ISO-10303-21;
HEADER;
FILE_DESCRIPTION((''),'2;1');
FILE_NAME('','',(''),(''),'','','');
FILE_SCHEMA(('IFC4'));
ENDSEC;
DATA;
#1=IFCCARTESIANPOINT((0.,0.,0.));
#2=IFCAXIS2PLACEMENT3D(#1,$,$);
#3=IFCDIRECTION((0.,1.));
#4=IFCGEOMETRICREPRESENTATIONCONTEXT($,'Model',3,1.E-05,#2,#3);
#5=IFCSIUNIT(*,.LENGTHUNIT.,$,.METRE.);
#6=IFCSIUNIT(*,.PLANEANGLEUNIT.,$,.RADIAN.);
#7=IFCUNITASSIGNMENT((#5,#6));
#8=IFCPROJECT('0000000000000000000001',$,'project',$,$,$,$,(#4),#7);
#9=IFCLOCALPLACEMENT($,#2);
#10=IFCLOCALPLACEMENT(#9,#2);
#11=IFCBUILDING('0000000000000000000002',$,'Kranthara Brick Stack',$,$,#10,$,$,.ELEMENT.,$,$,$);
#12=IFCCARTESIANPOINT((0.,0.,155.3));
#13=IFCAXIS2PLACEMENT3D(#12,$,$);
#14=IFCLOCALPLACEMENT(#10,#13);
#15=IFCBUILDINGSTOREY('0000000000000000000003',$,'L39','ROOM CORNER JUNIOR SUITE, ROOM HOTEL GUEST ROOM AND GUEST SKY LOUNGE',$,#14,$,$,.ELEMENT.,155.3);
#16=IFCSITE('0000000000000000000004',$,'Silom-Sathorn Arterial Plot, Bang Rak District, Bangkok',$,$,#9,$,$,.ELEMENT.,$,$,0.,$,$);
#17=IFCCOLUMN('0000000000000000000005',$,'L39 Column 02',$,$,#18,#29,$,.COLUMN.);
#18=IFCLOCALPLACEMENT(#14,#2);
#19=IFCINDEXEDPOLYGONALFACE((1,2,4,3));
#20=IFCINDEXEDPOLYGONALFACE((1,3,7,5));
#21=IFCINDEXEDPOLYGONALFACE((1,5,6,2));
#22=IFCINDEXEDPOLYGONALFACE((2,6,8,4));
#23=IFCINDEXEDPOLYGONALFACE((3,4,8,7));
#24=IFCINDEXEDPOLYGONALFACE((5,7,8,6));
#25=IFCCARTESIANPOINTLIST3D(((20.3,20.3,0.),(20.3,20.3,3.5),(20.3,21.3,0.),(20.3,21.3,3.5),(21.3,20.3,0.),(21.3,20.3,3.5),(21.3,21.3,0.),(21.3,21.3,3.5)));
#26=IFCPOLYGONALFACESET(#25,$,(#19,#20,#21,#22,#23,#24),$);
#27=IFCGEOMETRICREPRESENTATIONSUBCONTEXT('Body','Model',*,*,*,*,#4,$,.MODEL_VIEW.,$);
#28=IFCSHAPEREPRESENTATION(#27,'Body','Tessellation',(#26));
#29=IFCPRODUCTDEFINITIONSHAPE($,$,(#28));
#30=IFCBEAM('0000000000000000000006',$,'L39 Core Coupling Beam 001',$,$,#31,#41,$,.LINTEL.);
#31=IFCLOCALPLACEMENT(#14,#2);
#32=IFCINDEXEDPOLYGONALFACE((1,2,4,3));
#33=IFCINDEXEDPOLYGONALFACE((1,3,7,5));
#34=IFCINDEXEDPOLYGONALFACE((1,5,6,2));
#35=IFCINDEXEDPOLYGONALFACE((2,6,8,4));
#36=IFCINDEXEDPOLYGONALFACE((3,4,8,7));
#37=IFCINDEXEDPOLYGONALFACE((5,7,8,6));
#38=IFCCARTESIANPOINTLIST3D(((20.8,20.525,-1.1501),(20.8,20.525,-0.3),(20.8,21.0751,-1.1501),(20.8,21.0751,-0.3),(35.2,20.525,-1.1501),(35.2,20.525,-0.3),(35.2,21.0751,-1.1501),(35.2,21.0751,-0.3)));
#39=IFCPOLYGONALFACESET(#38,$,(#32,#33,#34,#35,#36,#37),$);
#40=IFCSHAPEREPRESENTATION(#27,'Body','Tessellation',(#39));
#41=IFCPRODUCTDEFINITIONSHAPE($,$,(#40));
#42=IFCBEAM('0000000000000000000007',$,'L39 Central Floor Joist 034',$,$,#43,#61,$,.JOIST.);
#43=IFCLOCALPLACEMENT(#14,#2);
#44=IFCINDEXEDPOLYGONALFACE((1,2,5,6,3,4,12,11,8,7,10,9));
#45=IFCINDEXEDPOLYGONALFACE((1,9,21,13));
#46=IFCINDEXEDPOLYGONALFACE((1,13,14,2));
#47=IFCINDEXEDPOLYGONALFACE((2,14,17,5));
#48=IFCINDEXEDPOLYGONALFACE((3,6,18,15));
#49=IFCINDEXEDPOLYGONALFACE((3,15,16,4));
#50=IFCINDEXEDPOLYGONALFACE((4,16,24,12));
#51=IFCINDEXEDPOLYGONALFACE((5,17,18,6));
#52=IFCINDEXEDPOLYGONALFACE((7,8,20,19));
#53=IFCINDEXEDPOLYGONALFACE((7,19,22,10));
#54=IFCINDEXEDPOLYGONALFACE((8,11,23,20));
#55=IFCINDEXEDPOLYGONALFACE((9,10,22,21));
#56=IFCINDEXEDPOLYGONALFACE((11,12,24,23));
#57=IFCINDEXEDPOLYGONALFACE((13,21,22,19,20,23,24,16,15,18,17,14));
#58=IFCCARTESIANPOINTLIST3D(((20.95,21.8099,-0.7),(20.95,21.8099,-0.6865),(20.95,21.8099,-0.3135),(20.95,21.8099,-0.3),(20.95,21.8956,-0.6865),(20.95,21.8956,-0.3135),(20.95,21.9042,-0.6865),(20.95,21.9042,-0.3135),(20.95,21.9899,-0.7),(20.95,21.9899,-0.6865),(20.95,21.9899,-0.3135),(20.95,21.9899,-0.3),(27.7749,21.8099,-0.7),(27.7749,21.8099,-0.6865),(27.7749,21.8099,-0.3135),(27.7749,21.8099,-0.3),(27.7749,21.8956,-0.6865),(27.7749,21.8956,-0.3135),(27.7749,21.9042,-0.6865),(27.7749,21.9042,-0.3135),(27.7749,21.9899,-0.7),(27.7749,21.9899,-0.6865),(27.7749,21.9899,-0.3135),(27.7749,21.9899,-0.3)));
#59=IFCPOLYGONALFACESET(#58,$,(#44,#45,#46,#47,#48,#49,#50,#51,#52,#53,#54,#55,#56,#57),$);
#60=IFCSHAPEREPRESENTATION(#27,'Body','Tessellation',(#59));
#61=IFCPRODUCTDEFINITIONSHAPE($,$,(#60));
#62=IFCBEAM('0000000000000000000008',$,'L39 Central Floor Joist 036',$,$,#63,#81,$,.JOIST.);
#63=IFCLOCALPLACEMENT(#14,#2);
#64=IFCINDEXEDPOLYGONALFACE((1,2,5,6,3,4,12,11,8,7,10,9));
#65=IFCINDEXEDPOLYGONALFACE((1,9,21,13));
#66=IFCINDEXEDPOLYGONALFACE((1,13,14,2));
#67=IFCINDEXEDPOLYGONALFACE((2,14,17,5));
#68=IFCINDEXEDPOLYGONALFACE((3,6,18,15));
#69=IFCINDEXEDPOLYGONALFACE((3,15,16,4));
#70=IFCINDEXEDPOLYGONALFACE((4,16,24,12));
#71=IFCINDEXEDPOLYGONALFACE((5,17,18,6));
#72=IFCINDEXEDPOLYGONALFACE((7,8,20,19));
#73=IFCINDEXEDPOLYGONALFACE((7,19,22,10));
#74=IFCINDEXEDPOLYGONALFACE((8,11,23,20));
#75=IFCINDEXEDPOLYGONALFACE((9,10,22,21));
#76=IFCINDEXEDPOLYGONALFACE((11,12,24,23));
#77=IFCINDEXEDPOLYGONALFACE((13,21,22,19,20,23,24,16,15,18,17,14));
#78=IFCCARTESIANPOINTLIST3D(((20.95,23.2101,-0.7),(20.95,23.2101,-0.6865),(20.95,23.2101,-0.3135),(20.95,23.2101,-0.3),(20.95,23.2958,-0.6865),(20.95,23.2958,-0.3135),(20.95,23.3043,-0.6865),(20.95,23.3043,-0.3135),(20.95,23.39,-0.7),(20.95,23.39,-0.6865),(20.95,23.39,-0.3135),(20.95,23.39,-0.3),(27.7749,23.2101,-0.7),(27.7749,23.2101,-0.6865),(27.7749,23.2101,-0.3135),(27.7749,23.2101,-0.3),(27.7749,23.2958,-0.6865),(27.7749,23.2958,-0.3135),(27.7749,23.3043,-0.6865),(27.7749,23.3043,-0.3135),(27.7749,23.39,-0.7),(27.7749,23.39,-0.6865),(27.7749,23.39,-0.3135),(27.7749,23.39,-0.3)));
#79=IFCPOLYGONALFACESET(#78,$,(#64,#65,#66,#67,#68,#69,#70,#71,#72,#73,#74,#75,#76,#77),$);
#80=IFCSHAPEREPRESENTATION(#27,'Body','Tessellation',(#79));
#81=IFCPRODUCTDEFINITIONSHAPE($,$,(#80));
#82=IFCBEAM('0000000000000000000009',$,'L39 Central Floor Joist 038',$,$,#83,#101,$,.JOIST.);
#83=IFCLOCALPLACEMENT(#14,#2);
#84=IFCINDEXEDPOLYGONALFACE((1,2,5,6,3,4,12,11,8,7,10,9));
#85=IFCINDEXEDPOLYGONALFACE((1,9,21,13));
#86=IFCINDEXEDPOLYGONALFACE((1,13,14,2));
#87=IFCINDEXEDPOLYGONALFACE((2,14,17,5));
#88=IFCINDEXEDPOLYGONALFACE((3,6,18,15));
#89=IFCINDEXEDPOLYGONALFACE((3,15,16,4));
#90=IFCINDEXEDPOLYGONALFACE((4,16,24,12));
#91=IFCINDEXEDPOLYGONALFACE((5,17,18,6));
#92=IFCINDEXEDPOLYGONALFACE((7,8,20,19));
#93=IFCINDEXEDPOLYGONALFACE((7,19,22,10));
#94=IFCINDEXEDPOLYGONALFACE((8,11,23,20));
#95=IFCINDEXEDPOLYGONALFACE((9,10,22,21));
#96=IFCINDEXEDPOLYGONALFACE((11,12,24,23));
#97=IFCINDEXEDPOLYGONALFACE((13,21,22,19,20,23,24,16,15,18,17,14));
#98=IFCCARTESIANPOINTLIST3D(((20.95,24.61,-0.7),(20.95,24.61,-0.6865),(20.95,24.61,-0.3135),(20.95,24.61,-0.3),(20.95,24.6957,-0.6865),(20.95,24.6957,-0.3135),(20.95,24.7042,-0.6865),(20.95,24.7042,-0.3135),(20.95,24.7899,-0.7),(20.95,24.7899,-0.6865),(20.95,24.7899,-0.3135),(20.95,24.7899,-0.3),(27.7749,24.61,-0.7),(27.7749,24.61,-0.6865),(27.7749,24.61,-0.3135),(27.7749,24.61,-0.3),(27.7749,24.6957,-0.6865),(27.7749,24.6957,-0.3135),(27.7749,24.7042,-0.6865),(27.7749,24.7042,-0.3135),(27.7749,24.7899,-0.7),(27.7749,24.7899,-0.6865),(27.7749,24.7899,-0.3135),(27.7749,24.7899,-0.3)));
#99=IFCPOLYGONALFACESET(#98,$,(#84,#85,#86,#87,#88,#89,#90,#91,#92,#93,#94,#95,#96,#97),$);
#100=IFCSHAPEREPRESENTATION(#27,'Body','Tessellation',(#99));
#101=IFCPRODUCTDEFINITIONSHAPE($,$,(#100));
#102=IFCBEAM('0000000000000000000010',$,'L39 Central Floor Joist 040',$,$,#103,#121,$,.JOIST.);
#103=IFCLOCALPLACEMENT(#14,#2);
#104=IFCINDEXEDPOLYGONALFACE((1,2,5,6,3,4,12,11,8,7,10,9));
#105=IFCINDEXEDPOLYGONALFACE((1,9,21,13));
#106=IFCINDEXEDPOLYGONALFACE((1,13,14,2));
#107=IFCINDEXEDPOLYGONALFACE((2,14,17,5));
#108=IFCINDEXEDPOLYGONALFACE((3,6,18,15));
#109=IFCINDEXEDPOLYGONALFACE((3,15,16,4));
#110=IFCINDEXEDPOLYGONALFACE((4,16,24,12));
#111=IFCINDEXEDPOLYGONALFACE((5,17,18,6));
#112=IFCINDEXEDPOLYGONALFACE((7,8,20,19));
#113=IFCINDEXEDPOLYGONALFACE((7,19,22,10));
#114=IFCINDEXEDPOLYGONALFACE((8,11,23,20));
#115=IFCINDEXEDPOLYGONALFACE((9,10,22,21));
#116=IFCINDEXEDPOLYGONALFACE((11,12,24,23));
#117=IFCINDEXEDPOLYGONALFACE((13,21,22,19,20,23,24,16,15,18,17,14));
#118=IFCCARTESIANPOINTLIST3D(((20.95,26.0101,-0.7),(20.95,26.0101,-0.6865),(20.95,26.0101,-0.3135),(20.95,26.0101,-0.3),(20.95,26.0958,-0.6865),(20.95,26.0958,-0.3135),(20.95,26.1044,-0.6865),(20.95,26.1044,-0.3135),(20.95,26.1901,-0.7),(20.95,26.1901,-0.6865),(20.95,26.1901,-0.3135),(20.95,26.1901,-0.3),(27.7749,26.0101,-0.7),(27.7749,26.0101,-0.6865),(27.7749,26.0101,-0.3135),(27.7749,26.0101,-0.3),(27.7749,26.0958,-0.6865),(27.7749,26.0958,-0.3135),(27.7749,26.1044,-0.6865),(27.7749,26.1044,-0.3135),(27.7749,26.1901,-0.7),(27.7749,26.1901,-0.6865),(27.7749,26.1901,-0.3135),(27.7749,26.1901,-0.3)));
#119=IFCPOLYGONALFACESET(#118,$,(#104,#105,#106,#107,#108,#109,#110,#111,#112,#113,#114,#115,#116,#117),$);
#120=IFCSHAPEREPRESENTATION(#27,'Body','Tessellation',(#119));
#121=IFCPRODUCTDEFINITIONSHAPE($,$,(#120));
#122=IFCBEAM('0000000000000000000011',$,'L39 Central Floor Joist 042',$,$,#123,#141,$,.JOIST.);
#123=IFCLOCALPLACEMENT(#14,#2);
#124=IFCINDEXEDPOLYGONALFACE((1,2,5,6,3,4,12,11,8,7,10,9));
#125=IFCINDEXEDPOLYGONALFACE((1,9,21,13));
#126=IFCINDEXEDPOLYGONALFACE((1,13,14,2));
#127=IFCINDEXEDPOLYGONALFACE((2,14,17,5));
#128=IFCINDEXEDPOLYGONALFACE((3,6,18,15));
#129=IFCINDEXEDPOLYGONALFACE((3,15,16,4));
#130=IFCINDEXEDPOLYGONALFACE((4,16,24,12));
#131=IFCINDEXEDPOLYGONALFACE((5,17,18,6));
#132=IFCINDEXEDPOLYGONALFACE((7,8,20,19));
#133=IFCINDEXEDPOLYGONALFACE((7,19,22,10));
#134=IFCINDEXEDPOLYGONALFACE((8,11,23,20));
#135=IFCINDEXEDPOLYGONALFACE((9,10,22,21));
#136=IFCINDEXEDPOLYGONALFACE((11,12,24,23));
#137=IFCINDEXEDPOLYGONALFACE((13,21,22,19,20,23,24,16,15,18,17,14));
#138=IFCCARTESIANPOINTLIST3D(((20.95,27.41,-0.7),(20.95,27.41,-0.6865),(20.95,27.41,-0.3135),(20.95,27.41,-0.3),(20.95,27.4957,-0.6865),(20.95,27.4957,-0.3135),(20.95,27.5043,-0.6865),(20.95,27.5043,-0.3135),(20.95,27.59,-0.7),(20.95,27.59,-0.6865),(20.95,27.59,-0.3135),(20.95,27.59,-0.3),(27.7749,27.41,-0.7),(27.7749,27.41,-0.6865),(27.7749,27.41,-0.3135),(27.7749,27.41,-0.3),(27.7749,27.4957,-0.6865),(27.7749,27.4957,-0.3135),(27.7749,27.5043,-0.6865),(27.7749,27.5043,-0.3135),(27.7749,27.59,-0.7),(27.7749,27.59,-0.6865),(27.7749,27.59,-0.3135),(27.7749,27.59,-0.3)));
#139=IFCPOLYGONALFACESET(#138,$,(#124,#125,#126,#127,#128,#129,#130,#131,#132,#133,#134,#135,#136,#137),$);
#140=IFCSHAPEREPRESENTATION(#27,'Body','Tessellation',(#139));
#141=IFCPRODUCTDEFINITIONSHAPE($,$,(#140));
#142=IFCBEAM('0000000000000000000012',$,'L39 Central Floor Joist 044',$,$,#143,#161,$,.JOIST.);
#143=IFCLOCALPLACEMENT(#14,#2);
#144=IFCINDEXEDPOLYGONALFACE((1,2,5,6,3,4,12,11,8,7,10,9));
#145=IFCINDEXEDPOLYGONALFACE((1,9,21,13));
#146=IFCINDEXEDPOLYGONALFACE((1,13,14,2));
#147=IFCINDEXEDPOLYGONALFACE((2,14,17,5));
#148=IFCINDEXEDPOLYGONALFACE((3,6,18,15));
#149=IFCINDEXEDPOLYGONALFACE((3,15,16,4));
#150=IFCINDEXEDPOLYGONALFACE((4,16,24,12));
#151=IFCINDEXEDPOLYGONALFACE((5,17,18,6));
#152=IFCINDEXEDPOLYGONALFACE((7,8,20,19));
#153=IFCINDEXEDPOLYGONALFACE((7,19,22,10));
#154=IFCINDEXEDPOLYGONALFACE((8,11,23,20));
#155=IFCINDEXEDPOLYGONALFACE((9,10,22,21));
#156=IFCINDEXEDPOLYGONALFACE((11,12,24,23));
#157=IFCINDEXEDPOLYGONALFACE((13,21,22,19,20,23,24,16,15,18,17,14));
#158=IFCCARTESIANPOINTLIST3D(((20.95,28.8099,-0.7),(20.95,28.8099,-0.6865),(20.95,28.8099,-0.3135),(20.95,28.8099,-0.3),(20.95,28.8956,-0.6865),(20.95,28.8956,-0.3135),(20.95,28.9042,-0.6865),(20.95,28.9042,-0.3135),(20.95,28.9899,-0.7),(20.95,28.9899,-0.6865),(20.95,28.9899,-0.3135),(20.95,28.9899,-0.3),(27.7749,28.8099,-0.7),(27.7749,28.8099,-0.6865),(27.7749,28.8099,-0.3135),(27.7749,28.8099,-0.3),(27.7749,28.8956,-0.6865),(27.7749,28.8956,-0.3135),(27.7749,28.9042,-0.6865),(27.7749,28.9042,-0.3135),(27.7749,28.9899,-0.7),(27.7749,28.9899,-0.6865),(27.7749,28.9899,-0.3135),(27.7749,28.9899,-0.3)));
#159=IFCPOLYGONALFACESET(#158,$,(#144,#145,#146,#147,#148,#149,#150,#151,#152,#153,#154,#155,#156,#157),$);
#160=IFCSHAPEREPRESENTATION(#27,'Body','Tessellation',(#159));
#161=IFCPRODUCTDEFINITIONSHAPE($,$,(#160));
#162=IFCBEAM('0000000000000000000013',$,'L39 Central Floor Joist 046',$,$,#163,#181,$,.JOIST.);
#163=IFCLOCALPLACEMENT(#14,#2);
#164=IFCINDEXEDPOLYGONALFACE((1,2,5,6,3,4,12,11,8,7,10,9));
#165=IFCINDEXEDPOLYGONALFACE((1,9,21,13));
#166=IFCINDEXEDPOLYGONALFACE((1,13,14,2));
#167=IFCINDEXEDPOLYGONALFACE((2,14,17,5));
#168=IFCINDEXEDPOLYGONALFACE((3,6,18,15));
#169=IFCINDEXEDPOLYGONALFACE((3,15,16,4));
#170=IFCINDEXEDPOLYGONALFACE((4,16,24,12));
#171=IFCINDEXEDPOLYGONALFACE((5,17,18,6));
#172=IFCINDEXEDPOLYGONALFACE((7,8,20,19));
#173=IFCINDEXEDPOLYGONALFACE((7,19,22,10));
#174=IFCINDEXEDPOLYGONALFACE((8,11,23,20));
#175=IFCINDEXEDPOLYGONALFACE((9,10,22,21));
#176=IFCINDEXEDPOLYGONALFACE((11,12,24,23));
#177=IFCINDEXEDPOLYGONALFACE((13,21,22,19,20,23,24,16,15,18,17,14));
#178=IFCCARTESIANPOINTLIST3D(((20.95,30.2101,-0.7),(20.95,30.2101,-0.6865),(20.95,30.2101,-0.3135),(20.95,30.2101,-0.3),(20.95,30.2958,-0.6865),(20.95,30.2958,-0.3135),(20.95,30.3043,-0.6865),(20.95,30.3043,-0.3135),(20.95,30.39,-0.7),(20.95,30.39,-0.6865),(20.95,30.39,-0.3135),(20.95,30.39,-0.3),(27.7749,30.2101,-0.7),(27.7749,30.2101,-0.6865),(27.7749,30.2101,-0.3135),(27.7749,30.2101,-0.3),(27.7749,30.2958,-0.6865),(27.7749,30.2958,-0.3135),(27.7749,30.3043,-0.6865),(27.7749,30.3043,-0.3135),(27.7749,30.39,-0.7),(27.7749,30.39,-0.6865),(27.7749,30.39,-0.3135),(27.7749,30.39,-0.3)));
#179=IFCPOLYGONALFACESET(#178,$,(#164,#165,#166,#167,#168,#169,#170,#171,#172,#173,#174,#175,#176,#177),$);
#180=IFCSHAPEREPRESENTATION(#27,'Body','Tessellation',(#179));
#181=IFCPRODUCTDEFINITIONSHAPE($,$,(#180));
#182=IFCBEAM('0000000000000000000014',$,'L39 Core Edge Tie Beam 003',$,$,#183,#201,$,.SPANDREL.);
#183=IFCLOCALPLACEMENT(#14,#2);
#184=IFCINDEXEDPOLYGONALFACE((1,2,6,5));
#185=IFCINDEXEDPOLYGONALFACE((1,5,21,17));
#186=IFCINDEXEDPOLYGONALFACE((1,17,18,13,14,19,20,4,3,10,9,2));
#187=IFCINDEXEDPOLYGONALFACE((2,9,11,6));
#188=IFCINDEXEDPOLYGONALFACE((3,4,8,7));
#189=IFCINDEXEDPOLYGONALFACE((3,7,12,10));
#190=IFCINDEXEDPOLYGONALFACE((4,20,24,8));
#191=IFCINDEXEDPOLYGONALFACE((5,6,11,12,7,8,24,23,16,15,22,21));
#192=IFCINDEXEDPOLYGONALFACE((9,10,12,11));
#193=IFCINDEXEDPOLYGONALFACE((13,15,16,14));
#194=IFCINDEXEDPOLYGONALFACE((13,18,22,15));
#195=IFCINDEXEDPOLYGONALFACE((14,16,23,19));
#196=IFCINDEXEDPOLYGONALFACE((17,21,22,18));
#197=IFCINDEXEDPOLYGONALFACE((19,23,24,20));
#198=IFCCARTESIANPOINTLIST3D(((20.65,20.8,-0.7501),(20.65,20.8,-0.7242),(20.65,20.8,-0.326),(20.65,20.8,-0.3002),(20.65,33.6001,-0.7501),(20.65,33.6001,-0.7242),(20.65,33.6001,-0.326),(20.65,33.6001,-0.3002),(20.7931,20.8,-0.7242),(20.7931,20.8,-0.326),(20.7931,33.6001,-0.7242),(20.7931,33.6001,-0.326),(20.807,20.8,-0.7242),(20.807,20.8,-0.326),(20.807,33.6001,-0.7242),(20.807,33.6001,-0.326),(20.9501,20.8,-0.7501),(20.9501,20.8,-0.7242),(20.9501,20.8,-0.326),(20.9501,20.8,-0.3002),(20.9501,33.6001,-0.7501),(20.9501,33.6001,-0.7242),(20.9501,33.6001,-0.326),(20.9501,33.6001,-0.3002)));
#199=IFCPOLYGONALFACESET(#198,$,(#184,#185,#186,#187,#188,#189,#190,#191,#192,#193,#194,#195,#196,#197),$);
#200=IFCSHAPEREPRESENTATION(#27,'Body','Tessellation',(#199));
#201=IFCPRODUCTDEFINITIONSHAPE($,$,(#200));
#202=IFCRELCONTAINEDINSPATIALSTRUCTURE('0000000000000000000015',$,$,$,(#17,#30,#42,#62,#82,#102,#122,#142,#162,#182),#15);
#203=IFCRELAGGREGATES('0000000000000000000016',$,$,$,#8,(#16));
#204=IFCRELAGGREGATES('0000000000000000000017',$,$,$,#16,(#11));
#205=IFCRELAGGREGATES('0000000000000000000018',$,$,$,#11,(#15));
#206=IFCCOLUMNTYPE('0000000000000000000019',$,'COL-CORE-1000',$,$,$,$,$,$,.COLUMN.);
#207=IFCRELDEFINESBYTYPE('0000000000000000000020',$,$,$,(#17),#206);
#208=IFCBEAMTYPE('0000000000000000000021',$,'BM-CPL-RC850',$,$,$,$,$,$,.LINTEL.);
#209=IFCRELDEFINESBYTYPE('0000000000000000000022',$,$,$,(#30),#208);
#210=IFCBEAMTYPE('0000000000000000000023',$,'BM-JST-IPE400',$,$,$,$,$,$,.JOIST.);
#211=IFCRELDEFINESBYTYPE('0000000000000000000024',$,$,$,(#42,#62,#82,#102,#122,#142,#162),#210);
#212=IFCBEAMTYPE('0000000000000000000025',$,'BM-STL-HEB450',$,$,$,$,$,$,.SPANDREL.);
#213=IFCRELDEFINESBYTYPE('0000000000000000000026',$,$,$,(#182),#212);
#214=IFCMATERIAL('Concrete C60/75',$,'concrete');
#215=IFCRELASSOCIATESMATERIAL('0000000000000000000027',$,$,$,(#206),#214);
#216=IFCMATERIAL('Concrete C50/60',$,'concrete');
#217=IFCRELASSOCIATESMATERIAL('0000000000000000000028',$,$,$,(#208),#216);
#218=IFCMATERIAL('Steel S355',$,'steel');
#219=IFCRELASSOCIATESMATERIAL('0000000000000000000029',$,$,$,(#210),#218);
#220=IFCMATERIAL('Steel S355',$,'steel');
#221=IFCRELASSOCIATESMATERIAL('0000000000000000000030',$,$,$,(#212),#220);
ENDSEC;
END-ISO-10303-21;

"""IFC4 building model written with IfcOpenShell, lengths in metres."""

from ifc_helpers import new_model, si_unit, direction, frame, origin, origin_2d, place, context, subcontext, project, spatial, rectangle, i_section, extrude, material, material_profile, profile_set, type_object, element, save


model = new_model("IFC4")

# Units and contexts
model_context = context("Model", 3, precision=1e-05, world=origin(), true_north=direction((0.0, 1.0)))
body_context = subcontext(model_context, "Body", "Model", "MODEL_VIEW")
ifc_project = project(units=[si_unit("LENGTHUNIT", "METRE"), si_unit("PLANEANGLEUNIT", "RADIAN")], contexts=[model_context])

# Site, building, storey
site_placement = place(None, origin())
site = spatial("IfcSite", under=ifc_project, at=site_placement, Name="Silom-Sathorn Arterial Plot, Bang Rak District, Bangkok", CompositionType="ELEMENT", RefElevation=0.0)
building_placement = place(site_placement, origin())
building = spatial("IfcBuilding", under=site, at=building_placement, Name="Kranthara Brick Stack", CompositionType="ELEMENT")
storey_placement = place(building_placement, frame((0.0, 0.0, 155.3)))
storey = spatial("IfcBuildingStorey", under=building, at=storey_placement, Name="L39", Description="ROOM CORNER JUNIOR SUITE, ROOM HOTEL GUEST ROOM AND GUEST SKY LOUNGE", CompositionType="ELEMENT", Elevation=155.3)

# Column
ifc_material_1 = material(Name="Concrete C60/75", Category="concrete")
ifc_material_profile_1 = material_profile(ifc_material_1, rectangle(XDim=1.0, YDim=1.0, at=origin_2d()), Name="RC 1000x1000")
ifc_profile_set_1 = profile_set([ifc_material_profile_1], Name="Concrete C60/75")
column_type = type_object("IfcColumnType", Name="COL-CORE-1000", PredefinedType="COLUMN", material=ifc_profile_set_1)
column_placement = place(storey_placement, frame((20.8, 20.8, 0.0), z_axis=(0.0, 0.0, 1.0), x_axis=(1.0, 0.0, 0.0)))
element("IfcColumn", 1, at=column_placement, inside=storey, type_object=column_type, Name="L39 Column 02", PredefinedType="COLUMN", context=body_context, shape_type="SweptSolid", body=[
    extrude(rectangle(XDim=1.0, YDim=1.0, at=origin_2d()), origin(), (0.0, 0.0, 1.0), 3.5),
])

# Beams
ifc_material_2 = material(Name="Concrete C50/60", Category="concrete")
ifc_material_profile_2 = material_profile(ifc_material_2, rectangle(XDim=0.55, YDim=0.8501, at=origin_2d()), Name="RC 550x850")
ifc_profile_set_2 = profile_set([ifc_material_profile_2], Name="Concrete C50/60")
beam_type_1 = type_object("IfcBeamType", Name="BM-CPL-RC850", PredefinedType="LINTEL", material=ifc_profile_set_2)
beam_1_placement = place(storey_placement, frame((20.8, 20.8, -0.7251), z_axis=(1.0, 0.0, 0.0), x_axis=(0.0, 1.0, 0.0)))
element("IfcBeam", 2, at=beam_1_placement, inside=storey, type_object=beam_type_1, Name="L39 Core Coupling Beam 001", PredefinedType="LINTEL", context=body_context, shape_type="SweptSolid", body=[
    extrude(rectangle(XDim=0.55, YDim=0.8501, at=origin_2d()), origin(), (0.0, 0.0, 1.0), 14.3999),
])
ifc_material_3 = material(Name="Steel S355", Category="steel")
ifc_material_profile_3 = material_profile(ifc_material_3, i_section(OverallWidth=0.1799, OverallDepth=0.3999, WebThickness=0.0085, FlangeThickness=0.0134, at=origin_2d()), Name="IPE 400")
ifc_profile_set_3 = profile_set([ifc_material_profile_3], Name="Steel S355")
beam_type_2 = type_object("IfcBeamType", Name="BM-JST-IPE400", PredefinedType="JOIST", material=ifc_profile_set_3)
for number, where, z_axis, x_axis, name in (
    (3, (20.95, 21.8999, -0.5), (1.0, 0.0, 0.0), (0.0, 1.0, 0.0), "L39 Central Floor Joist 034"),
    (4, (20.95, 23.3, -0.5), (1.0, 0.0, 0.0), (0.0, 1.0, 0.0), "L39 Central Floor Joist 036"),
    (5, (20.95, 24.7, -0.5), (1.0, 0.0, 0.0), (0.0, 1.0, 0.0), "L39 Central Floor Joist 038"),
    (6, (20.95, 26.1001, -0.5), (1.0, 0.0, 0.0), (0.0, 1.0, 0.0), "L39 Central Floor Joist 040"),
    (7, (20.95, 27.5, -0.5), (1.0, 0.0, 0.0), (0.0, 1.0, 0.0), "L39 Central Floor Joist 042"),
    (8, (20.95, 28.8999, -0.5), (1.0, 0.0, 0.0), (0.0, 1.0, 0.0), "L39 Central Floor Joist 044"),
    (9, (20.95, 30.3, -0.5), (1.0, 0.0, 0.0), (0.0, 1.0, 0.0), "L39 Central Floor Joist 046"),
):
    element("IfcBeam", number, at=place(storey_placement, frame(where, z_axis=z_axis, x_axis=x_axis)), inside=storey, type_object=beam_type_2, Name=name, PredefinedType="JOIST", context=body_context, shape_type="SweptSolid", body=[
        extrude(i_section(OverallWidth=0.1799, OverallDepth=0.3999, WebThickness=0.0085, FlangeThickness=0.0134, at=origin_2d()), origin(), (0.0, 0.0, 1.0), 6.825),
    ])
ifc_material_4 = material(Name="Steel S355", Category="steel")
ifc_material_profile_4 = material_profile(ifc_material_4, i_section(OverallWidth=0.3, OverallDepth=0.45, WebThickness=0.0139, FlangeThickness=0.0259, at=origin_2d()), Name="HEB 450")
ifc_profile_set_4 = profile_set([ifc_material_profile_4], Name="Steel S355")
beam_type_3 = type_object("IfcBeamType", Name="BM-STL-HEB450", PredefinedType="SPANDREL", material=ifc_profile_set_4)
beam_2_placement = place(storey_placement, frame((20.8, 20.8, -0.5251), z_axis=(0.0, 1.0, 0.0), x_axis=(-1.0, 0.0, 0.0)))
element("IfcBeam", 10, at=beam_2_placement, inside=storey, type_object=beam_type_3, Name="L39 Core Edge Tie Beam 003", PredefinedType="SPANDREL", context=body_context, shape_type="SweptSolid", body=[
    extrude(i_section(OverallWidth=0.3, OverallDepth=0.45, WebThickness=0.0139, FlangeThickness=0.0259, at=origin_2d()), origin(), (0.0, 0.0, 1.0), 12.8),
])

save(model, "model.ifc")
